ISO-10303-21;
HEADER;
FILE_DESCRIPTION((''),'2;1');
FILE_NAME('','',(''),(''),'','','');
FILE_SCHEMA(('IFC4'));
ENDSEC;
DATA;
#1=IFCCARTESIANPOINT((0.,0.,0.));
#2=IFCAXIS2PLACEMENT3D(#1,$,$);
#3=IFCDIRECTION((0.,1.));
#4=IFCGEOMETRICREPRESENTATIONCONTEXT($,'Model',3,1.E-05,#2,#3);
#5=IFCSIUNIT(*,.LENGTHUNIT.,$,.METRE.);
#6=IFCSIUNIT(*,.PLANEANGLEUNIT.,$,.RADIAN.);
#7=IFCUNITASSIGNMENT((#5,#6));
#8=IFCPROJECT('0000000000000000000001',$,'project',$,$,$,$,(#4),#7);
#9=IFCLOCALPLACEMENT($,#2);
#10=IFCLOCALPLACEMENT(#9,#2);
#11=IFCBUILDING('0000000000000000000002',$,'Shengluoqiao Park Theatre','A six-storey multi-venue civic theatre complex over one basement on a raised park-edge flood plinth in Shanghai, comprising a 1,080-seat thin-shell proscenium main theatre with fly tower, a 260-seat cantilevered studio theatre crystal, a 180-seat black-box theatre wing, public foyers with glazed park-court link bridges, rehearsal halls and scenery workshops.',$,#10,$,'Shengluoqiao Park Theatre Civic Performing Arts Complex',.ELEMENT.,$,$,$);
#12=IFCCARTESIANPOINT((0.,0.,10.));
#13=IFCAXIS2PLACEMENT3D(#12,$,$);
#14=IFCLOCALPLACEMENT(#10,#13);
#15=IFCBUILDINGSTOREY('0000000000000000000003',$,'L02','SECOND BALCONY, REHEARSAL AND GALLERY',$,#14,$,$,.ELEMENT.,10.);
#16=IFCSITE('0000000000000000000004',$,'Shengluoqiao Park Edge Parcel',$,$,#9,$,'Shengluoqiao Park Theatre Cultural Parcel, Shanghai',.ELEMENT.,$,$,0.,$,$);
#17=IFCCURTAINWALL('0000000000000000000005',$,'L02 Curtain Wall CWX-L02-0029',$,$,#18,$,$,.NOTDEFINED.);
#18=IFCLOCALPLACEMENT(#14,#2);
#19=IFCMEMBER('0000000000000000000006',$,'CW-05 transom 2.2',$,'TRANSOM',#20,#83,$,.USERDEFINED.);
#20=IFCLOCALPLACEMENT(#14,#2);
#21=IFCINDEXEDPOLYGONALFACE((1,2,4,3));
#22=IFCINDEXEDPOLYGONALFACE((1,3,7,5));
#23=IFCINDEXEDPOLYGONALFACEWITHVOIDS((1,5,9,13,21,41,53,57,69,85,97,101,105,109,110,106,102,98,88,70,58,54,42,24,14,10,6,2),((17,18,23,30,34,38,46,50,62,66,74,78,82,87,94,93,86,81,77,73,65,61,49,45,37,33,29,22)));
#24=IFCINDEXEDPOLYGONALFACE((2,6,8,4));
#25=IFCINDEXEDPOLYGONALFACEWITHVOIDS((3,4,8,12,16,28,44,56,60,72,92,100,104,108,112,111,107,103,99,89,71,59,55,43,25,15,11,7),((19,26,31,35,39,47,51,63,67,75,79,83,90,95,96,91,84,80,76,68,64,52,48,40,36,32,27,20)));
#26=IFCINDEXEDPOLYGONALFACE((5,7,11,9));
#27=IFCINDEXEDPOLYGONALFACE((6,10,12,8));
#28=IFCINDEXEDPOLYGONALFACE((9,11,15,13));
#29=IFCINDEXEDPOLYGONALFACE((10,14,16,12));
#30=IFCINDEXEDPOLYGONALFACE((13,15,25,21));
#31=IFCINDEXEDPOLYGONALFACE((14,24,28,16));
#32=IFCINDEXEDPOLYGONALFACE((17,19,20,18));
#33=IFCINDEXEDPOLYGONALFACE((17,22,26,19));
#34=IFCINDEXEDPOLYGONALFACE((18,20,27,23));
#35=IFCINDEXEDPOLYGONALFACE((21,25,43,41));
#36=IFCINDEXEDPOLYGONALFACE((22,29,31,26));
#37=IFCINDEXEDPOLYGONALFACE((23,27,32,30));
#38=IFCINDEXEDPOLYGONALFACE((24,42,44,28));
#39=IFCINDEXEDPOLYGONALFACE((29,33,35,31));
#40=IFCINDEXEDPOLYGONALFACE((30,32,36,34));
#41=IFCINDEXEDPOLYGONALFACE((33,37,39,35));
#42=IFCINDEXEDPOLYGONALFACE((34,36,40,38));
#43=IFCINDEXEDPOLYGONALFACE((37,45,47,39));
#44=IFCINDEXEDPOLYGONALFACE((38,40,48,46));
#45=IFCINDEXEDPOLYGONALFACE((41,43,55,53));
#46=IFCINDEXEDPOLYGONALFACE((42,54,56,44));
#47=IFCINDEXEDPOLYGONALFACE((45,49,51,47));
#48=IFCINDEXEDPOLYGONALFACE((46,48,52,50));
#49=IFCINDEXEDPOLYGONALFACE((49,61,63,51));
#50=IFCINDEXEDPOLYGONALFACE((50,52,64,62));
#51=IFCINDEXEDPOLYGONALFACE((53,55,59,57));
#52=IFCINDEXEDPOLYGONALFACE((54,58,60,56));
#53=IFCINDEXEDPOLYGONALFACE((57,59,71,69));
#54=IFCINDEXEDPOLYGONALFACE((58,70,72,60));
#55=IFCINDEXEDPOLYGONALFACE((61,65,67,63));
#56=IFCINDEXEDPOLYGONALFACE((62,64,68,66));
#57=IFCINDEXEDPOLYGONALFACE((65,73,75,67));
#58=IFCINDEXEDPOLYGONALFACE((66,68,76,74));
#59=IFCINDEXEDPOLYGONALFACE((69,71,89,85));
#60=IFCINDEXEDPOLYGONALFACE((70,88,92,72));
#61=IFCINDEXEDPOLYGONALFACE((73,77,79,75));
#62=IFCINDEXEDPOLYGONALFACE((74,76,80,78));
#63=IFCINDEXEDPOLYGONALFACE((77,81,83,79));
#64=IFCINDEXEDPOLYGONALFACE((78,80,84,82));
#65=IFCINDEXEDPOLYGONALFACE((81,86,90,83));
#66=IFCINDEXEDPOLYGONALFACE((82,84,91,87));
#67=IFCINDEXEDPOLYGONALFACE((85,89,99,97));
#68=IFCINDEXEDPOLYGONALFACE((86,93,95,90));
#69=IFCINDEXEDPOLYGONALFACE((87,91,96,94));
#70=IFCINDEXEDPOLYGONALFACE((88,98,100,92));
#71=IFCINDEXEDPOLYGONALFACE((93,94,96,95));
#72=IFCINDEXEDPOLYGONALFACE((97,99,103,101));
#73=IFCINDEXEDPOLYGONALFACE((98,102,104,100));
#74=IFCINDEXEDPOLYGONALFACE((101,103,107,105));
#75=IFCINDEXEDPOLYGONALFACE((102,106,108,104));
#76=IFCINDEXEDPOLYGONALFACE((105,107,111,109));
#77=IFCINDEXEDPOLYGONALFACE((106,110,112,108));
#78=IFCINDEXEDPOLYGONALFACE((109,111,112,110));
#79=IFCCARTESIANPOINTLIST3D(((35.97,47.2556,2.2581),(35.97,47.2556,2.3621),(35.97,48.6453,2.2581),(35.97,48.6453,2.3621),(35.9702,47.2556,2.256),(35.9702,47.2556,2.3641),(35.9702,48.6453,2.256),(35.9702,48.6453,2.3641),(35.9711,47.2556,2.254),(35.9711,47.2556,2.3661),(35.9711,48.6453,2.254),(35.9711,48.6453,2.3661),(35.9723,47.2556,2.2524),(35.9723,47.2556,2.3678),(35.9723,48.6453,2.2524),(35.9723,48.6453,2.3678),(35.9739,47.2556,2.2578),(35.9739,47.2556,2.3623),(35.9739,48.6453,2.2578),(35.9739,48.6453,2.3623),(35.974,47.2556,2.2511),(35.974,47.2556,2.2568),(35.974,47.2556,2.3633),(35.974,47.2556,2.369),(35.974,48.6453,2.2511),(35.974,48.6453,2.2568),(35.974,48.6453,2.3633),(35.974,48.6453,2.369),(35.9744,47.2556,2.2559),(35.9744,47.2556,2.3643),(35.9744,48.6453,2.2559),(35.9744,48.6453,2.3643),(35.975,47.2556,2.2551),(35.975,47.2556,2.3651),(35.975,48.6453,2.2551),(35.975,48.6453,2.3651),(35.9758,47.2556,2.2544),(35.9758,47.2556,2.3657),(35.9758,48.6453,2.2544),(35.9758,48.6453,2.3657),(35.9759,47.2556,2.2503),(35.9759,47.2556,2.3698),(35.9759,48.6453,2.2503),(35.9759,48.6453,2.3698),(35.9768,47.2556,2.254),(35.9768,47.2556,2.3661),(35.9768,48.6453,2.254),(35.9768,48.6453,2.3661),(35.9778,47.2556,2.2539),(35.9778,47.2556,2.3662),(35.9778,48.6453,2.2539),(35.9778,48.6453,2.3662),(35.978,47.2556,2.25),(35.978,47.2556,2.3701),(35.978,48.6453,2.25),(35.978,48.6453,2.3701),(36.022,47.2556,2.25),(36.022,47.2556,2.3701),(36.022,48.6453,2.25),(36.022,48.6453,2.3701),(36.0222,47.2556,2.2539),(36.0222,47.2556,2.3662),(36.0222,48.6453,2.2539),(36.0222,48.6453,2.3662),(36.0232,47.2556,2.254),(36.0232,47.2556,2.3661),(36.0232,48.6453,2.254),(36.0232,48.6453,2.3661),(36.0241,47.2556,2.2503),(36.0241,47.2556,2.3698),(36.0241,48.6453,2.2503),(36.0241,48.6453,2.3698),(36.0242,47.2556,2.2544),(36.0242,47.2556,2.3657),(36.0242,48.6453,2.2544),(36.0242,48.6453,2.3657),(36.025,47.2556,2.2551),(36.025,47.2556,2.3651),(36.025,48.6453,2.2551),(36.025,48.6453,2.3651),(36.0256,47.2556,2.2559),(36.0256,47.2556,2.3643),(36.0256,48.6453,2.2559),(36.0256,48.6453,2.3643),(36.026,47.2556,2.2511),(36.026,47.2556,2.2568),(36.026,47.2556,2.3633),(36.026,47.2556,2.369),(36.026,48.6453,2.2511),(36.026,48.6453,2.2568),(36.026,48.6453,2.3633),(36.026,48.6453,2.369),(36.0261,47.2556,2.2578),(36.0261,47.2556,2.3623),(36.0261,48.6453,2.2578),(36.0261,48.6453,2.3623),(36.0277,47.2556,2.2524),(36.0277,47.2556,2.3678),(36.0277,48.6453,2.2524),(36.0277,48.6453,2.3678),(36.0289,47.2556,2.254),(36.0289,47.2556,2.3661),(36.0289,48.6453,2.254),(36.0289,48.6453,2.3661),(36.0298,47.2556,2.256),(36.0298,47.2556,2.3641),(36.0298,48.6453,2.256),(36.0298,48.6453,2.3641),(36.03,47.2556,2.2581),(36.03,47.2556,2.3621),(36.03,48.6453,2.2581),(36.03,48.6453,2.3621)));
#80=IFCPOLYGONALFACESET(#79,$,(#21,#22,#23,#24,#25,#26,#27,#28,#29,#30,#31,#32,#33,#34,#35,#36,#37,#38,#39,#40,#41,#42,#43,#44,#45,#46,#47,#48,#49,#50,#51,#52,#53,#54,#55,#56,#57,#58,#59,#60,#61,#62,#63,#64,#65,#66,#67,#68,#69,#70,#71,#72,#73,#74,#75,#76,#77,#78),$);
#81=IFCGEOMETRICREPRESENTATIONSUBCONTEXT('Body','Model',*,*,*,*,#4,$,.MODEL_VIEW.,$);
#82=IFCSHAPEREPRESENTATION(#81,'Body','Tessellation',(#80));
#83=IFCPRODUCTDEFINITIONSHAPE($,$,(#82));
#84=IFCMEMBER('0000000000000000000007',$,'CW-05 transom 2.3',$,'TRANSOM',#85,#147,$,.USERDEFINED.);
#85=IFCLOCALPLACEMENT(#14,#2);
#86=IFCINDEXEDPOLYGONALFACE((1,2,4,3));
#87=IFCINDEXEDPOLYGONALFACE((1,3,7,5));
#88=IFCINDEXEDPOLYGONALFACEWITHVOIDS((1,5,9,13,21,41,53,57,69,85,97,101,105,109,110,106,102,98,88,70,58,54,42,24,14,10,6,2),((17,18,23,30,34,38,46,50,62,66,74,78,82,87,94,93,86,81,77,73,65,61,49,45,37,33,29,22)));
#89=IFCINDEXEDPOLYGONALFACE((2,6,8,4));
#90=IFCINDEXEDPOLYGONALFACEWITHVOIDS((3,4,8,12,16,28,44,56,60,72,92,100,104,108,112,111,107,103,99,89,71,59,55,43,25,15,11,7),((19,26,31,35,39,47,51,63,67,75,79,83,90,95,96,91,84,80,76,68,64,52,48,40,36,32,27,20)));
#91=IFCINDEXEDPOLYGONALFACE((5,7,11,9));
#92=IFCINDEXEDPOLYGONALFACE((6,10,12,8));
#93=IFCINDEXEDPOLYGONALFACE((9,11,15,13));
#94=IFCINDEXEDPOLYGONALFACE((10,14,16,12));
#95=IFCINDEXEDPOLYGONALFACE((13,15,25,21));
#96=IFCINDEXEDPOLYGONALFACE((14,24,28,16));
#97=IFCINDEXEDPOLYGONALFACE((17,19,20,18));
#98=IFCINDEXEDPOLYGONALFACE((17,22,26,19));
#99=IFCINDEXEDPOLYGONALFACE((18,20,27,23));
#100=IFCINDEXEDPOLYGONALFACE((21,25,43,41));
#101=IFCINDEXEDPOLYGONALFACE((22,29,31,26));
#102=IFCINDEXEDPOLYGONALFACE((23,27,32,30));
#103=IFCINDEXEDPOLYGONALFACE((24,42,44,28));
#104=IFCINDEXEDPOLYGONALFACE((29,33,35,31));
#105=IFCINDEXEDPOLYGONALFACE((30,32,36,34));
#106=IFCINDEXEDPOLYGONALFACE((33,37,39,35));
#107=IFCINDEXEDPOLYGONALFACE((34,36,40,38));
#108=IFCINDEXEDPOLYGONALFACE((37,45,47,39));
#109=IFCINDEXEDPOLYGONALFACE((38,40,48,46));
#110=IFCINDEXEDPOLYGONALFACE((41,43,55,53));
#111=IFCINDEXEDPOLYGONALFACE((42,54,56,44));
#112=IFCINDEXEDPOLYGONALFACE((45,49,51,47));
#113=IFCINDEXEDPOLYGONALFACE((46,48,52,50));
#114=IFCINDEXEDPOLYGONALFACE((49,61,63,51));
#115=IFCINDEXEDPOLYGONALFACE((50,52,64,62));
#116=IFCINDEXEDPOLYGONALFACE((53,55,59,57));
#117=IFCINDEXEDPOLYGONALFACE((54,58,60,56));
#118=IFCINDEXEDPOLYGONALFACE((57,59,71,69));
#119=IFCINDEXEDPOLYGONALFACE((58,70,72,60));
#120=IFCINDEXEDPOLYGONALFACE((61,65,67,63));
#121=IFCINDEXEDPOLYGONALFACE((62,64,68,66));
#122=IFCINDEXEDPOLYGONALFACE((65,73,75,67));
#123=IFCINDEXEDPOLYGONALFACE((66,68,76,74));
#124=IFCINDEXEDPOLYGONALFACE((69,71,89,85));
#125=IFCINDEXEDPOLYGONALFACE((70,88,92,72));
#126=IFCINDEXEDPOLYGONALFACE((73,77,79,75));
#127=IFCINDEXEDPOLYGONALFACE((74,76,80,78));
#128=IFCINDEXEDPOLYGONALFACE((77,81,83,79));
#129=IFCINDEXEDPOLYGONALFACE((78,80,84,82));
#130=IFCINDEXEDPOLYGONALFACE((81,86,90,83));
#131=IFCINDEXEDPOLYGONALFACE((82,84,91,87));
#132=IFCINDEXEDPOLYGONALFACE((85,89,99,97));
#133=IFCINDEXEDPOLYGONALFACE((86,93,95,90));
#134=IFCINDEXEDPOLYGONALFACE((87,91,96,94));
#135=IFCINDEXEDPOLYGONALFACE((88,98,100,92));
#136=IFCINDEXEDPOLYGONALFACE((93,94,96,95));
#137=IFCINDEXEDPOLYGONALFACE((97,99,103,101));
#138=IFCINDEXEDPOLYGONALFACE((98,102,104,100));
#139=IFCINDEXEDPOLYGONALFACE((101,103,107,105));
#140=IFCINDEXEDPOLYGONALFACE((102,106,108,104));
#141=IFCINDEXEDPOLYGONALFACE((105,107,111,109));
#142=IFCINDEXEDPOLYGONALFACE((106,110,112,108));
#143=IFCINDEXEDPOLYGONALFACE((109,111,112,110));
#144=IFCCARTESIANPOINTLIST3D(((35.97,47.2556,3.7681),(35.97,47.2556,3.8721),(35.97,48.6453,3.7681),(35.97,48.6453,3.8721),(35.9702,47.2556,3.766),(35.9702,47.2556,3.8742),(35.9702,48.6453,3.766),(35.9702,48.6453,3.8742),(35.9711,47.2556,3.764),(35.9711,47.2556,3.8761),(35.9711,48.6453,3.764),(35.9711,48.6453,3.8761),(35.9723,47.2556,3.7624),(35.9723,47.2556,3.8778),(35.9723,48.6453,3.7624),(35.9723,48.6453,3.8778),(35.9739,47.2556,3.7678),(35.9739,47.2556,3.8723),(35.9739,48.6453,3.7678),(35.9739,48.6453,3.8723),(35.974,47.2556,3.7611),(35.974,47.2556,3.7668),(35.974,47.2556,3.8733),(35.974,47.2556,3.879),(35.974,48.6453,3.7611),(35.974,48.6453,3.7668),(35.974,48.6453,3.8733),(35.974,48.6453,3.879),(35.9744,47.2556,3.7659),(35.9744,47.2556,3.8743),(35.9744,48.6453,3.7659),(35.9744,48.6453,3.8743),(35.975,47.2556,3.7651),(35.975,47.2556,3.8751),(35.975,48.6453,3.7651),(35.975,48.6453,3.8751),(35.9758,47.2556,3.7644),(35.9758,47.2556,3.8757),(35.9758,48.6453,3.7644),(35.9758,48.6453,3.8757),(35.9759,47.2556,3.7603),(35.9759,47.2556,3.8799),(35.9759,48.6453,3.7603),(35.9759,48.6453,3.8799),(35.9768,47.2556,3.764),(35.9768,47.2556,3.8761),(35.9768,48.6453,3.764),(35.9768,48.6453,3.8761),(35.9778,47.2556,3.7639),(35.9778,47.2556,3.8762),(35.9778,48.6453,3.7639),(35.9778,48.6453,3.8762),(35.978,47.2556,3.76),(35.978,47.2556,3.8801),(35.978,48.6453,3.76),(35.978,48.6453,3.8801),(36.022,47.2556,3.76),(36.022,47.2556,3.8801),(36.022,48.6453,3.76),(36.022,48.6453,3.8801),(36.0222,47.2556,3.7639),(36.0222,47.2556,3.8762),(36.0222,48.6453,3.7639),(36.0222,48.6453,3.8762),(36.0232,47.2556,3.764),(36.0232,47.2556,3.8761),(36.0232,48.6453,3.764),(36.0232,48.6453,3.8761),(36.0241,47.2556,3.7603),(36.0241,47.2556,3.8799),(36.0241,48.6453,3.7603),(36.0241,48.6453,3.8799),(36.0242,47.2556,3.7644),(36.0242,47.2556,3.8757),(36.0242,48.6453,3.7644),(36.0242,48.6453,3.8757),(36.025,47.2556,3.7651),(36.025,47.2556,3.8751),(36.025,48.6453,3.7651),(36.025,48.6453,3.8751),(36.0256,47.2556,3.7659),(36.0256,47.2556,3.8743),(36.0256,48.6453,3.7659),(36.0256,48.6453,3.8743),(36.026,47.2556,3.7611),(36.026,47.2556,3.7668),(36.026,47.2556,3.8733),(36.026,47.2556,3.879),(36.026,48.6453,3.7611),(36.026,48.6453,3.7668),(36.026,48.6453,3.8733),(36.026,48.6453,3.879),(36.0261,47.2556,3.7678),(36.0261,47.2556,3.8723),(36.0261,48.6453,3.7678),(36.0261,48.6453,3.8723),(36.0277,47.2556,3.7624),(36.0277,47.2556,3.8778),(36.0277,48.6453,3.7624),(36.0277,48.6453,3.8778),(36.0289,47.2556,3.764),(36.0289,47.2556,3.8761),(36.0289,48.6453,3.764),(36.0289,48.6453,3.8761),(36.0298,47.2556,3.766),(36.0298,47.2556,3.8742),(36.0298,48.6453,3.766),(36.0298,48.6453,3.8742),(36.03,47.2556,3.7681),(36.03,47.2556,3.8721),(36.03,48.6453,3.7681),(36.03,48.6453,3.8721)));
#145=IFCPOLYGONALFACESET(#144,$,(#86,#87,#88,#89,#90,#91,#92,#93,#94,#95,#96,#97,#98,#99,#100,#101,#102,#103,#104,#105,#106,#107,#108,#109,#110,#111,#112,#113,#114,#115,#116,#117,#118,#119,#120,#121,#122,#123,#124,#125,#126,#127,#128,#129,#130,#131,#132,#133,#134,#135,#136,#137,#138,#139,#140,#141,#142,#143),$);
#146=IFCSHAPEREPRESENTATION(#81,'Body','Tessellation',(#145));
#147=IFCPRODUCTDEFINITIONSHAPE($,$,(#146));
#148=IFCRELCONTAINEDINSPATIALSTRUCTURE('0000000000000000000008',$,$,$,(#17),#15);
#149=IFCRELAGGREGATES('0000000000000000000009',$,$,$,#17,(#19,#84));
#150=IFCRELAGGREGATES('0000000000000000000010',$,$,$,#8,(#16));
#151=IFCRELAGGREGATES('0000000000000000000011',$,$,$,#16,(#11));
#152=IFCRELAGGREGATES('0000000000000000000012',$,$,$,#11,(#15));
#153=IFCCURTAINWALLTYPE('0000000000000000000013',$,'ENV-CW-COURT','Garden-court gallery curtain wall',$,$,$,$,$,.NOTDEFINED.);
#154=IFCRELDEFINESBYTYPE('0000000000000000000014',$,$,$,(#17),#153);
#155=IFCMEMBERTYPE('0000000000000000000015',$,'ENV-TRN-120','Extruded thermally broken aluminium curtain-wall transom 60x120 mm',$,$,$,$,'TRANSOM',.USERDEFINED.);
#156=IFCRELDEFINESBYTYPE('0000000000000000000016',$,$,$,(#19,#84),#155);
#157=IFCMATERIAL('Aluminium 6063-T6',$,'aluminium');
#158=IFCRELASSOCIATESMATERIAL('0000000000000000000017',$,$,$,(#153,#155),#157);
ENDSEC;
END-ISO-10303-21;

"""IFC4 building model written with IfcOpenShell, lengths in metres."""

from ifc_helpers import new_model, si_unit, direction, frame, origin, origin_2d, place, context, subcontext, project, spatial, hollow_rectangle, extrude, material, material_profile, profile_set, type_object, element, aggregate, save


model = new_model("IFC4")

# Units and contexts
model_context = context("Model", 3, precision=1e-05, world=origin(), true_north=direction((0.0, 1.0)))
body_context = subcontext(model_context, "Body", "Model", "MODEL_VIEW")
ifc_project = project(units=[si_unit("LENGTHUNIT", "METRE"), si_unit("PLANEANGLEUNIT", "RADIAN")], contexts=[model_context])

# Site, building, storey
site_placement = place(None, origin())
site = spatial("IfcSite", under=ifc_project, at=site_placement, Name="Shengluoqiao Park Edge Parcel", LongName="Shengluoqiao Park Theatre Cultural Parcel, Shanghai", CompositionType="ELEMENT", RefElevation=0.0)
building_placement = place(site_placement, origin())
building = spatial("IfcBuilding", under=site, at=building_placement, Name="Shengluoqiao Park Theatre", Description="A six-storey multi-venue civic theatre complex over one basement on a raised park-edge flood plinth in Shanghai, comprising a 1,080-seat thin-shell proscenium main theatre with fly tower, a 260-seat cantilevered studio theatre crystal, a 180-seat black-box theatre wing, public foyers with glazed park-court link bridges, rehearsal halls and scenery workshops.", LongName="Shengluoqiao Park Theatre Civic Performing Arts Complex", CompositionType="ELEMENT")
storey_placement = place(building_placement, frame((0.0, 0.0, 10.0)))
storey = spatial("IfcBuildingStorey", under=building, at=storey_placement, Name="L02", Description="SECOND BALCONY, REHEARSAL AND GALLERY", CompositionType="ELEMENT", Elevation=10.0)

# Curtain wall, members
ifc_material_1 = material(Name="Aluminium 6063-T6", Category="aluminium")
curtain_wall_type = type_object("IfcCurtainWallType", Name="ENV-CW-COURT", Description="Garden-court gallery curtain wall", PredefinedType="NOTDEFINED", material=ifc_material_1)
curtain_wall_placement = place(storey_placement, origin())
curtain_wall = element("IfcCurtainWall", 1, at=curtain_wall_placement, inside=storey, type_object=curtain_wall_type, Name="L02 Curtain Wall CWX-L02-0029", PredefinedType="NOTDEFINED")
ifc_material_profile_1 = material_profile(ifc_material_1, hollow_rectangle(XDim=0.0601, YDim=0.1201, WallThickness=0.0039, InnerFilletRadius=0.0039, OuterFilletRadius=0.0081, at=origin_2d()), Name="ALU TRANSOM 120x60x4")
ifc_profile_set_1 = profile_set([ifc_material_profile_1], Name="Aluminium 6063-T6")
member_type_1 = type_object("IfcMemberType", Name="ENV-TRN-120", Description="Extruded thermally broken aluminium curtain-wall transom 60x120 mm", ElementType="TRANSOM", PredefinedType="USERDEFINED", material=ifc_profile_set_1)
member_1_placement = place(storey_placement, frame((36.0, 47.2556, 2.3101), z_axis=(0.0, 1.0, 0.0), x_axis=(-1.0, 0.0, 0.0)))
member_1 = element("IfcMember", 2, at=member_1_placement, type_object=member_type_1, Name="CW-05 transom 2.2", ObjectType="TRANSOM", PredefinedType="USERDEFINED", context=body_context, shape_type="SweptSolid", body=[
    extrude(hollow_rectangle(XDim=0.0601, YDim=0.1201, WallThickness=0.0039, InnerFilletRadius=0.0039, OuterFilletRadius=0.0081, at=origin_2d()), origin(), (0.0, 0.0, 1.0), 1.3896),
])
member_2_placement = place(storey_placement, frame((36.0, 47.2556, 3.8201), z_axis=(0.0, 1.0, 0.0), x_axis=(-1.0, 0.0, 0.0)))
member_2 = element("IfcMember", 3, at=member_2_placement, type_object=member_type_1, Name="CW-05 transom 2.3", ObjectType="TRANSOM", PredefinedType="USERDEFINED", context=body_context, shape_type="SweptSolid", body=[
    extrude(hollow_rectangle(XDim=0.0601, YDim=0.1201, WallThickness=0.0039, InnerFilletRadius=0.0039, OuterFilletRadius=0.0081, at=origin_2d()), origin(), (0.0, 0.0, 1.0), 1.3896),
])
aggregate(curtain_wall, [member_1, member_2])

save(model, "model.ifc")
